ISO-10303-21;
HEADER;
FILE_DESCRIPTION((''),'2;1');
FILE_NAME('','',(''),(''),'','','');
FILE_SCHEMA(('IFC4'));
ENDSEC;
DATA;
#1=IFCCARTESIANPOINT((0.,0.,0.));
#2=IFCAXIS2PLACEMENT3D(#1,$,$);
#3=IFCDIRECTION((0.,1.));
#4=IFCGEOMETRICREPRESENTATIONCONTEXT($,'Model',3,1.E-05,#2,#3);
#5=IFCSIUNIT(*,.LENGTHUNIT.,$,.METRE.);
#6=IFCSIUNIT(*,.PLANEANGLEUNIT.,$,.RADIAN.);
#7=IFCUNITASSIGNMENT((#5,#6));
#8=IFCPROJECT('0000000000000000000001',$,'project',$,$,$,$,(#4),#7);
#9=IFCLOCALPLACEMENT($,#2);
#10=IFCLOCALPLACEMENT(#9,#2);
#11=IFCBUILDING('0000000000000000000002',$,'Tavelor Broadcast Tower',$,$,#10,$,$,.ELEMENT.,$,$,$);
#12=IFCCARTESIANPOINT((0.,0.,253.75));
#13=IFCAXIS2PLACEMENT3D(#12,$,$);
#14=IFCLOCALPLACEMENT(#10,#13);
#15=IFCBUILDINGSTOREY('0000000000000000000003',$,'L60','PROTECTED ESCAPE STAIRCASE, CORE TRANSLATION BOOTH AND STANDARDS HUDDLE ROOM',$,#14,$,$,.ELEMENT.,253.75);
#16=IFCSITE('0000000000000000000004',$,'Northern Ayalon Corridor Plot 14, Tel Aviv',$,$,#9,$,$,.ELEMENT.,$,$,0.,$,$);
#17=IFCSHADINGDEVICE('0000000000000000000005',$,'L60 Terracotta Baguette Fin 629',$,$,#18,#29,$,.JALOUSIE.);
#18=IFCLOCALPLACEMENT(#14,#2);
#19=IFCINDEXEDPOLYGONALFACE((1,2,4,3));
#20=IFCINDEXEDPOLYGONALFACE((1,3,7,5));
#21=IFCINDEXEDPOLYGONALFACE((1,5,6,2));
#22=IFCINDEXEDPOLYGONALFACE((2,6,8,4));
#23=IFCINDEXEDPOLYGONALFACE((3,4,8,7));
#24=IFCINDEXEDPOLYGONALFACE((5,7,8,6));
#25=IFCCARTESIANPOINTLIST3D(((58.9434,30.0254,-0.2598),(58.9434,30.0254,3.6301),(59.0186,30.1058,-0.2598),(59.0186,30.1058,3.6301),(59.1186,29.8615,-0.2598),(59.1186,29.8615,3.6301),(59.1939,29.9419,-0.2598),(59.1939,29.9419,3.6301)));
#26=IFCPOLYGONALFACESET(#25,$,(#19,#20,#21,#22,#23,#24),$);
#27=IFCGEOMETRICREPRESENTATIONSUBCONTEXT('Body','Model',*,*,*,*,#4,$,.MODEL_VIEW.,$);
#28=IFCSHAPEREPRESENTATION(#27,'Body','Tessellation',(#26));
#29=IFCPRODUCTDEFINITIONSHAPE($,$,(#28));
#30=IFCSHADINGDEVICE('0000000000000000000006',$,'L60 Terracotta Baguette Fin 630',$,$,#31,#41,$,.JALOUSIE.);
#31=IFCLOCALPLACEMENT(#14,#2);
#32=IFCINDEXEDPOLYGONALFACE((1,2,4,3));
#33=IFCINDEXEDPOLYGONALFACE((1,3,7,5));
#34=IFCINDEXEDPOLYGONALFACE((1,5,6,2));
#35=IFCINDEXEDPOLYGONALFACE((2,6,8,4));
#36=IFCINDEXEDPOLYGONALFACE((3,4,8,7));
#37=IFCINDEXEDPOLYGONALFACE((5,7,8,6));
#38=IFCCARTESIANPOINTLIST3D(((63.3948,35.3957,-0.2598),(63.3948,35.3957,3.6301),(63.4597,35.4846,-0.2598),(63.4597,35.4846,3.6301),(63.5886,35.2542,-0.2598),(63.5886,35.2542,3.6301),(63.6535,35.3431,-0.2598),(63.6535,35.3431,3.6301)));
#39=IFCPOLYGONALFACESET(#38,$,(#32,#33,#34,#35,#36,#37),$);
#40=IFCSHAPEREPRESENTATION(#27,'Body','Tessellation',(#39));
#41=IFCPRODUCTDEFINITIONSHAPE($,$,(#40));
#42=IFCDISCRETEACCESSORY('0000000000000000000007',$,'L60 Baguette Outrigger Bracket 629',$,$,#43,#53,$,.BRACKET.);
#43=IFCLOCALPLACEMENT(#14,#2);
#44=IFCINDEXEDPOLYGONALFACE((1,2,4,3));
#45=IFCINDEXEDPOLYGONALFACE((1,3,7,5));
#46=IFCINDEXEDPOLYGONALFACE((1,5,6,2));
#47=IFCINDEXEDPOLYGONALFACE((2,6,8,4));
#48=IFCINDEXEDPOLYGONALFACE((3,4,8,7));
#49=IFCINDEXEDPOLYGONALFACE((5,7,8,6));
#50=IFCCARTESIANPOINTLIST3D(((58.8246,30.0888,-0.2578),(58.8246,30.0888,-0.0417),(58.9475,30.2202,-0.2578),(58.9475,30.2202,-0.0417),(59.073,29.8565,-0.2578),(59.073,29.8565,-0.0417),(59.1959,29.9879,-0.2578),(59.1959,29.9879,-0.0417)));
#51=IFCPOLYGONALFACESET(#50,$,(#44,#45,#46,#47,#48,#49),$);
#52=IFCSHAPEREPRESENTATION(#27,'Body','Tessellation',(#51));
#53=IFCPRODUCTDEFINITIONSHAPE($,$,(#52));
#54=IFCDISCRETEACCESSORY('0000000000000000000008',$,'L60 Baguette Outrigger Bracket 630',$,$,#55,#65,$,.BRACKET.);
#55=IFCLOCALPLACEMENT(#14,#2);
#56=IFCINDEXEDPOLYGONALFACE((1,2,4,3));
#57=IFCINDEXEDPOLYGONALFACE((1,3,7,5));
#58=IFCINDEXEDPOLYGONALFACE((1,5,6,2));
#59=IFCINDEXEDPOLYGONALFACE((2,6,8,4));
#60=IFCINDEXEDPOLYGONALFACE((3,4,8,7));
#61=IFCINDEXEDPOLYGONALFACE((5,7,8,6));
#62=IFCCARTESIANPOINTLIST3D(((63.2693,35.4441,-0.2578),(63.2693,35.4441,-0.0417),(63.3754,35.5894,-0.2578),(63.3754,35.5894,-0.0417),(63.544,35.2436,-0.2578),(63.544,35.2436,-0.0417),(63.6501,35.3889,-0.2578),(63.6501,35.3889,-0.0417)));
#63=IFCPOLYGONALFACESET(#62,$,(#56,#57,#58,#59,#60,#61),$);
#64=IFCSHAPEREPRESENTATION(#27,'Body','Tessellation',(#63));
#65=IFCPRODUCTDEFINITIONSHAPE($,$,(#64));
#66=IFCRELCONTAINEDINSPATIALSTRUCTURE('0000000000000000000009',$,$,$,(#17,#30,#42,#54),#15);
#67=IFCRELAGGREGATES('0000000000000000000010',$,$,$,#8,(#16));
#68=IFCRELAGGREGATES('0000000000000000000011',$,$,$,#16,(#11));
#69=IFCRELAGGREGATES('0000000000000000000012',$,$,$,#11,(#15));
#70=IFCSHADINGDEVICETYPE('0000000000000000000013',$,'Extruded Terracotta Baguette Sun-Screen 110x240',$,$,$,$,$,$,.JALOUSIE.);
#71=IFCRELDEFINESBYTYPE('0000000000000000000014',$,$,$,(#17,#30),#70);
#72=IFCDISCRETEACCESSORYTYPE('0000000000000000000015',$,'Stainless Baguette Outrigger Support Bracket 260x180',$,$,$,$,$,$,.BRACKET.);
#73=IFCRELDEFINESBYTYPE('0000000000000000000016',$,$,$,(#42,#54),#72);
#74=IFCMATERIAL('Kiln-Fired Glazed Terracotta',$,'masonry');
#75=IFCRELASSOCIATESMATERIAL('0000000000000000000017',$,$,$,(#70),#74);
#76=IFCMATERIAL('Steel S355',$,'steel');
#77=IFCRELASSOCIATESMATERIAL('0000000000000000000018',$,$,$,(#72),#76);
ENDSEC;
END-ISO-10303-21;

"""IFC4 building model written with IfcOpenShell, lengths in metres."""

from ifc_helpers import new_model, si_unit, direction, frame, origin, origin_2d, place, context, subcontext, project, spatial, rectangle, extrude, source, transform, mapped, material, type_object, type_shapes, element, save


model = new_model("IFC4")

# Units and contexts
model_context = context("Model", 3, precision=1e-05, world=origin(), true_north=direction((0.0, 1.0)))
body_context = subcontext(model_context, "Body", "Model", "MODEL_VIEW")
ifc_project = project(units=[si_unit("LENGTHUNIT", "METRE"), si_unit("PLANEANGLEUNIT", "RADIAN")], contexts=[model_context])

# Site, building, storey
site_placement = place(None, origin())
site = spatial("IfcSite", under=ifc_project, at=site_placement, Name="Northern Ayalon Corridor Plot 14, Tel Aviv", CompositionType="ELEMENT", RefElevation=0.0)
building_placement = place(site_placement, origin())
building = spatial("IfcBuilding", under=site, at=building_placement, Name="Tavelor Broadcast Tower", CompositionType="ELEMENT")
storey_placement = place(building_placement, frame((0.0, 0.0, 253.75)))
storey = spatial("IfcBuildingStorey", under=building, at=storey_placement, Name="L60", Description="PROTECTED ESCAPE STAIRCASE, CORE TRANSLATION BOOTH AND STANDARDS HUDDLE ROOM", CompositionType="ELEMENT", Elevation=253.75)

# Shared definitions
ifc_material_1 = material(Name="Steel S355", Category="steel")

# Shading devices
ifc_material_2 = material(Name="Kiln-Fired Glazed Terracotta", Category="masonry")
shading_device_type = type_object("IfcShadingDeviceType", Name="Extruded Terracotta Baguette Sun-Screen 110x240", PredefinedType="JALOUSIE", material=ifc_material_2)
shared_shape_1 = source(origin(), body_context, "Body", "SweptSolid", [
    extrude(rectangle(XDim=0.1101, YDim=0.24, at=origin_2d()), origin(), (0.0, 0.0, 1.0), 3.8899),
])
type_shapes(shading_device_type, [shared_shape_1])
for number, where, z_axis, x_axis, name in (
    (1, (59.0686, 29.9836, -0.2598), (0.0, 0.0, 1.0), (0.683019, 0.730401, 0.0), "L60 Terracotta Baguette Fin 629"),
    (2, (63.5242, 35.3694, -0.2598), (0.0, 0.0, 1.0), (0.589619, 0.807681, 0.0), "L60 Terracotta Baguette Fin 630"),
):
    element("IfcShadingDevice", number, at=place(storey_placement, frame(where, z_axis=z_axis, x_axis=x_axis)), inside=storey, type_object=shading_device_type, Name=name, PredefinedType="JALOUSIE", context=body_context, shape_type="MappedRepresentation", body=[
        mapped(shared_shape_1, transform((0.0, 0.0, 0.0), scale=1.0)),
    ])

# Discrete accessories
discrete_accessory_type = type_object("IfcDiscreteAccessoryType", Name="Stainless Baguette Outrigger Support Bracket 260x180", PredefinedType="BRACKET", material=ifc_material_1)
shared_shape_2 = source(origin(), body_context, "Body", "SweptSolid", [
    extrude(rectangle(XDim=0.1799, YDim=0.3401, at=origin_2d()), origin(), (0.0, 0.0, 1.0), 0.2161),
])
type_shapes(discrete_accessory_type, [shared_shape_2])
for number, where, z_axis, x_axis, name in (
    (3, (59.0103, 30.0383, -0.2578), (0.0, 0.0, 1.0), (0.683019, 0.730401, 0.0), "L60 Baguette Outrigger Bracket 629"),
    (4, (63.4597, 35.4165, -0.2578), (0.0, 0.0, 1.0), (0.589619, 0.807681, 0.0), "L60 Baguette Outrigger Bracket 630"),
):
    element("IfcDiscreteAccessory", number, at=place(storey_placement, frame(where, z_axis=z_axis, x_axis=x_axis)), inside=storey, type_object=discrete_accessory_type, Name=name, PredefinedType="BRACKET", context=body_context, shape_type="MappedRepresentation", body=[
        mapped(shared_shape_2, transform((0.0, 0.0, 0.0), scale=1.0)),
    ])

save(model, "model.ifc")
